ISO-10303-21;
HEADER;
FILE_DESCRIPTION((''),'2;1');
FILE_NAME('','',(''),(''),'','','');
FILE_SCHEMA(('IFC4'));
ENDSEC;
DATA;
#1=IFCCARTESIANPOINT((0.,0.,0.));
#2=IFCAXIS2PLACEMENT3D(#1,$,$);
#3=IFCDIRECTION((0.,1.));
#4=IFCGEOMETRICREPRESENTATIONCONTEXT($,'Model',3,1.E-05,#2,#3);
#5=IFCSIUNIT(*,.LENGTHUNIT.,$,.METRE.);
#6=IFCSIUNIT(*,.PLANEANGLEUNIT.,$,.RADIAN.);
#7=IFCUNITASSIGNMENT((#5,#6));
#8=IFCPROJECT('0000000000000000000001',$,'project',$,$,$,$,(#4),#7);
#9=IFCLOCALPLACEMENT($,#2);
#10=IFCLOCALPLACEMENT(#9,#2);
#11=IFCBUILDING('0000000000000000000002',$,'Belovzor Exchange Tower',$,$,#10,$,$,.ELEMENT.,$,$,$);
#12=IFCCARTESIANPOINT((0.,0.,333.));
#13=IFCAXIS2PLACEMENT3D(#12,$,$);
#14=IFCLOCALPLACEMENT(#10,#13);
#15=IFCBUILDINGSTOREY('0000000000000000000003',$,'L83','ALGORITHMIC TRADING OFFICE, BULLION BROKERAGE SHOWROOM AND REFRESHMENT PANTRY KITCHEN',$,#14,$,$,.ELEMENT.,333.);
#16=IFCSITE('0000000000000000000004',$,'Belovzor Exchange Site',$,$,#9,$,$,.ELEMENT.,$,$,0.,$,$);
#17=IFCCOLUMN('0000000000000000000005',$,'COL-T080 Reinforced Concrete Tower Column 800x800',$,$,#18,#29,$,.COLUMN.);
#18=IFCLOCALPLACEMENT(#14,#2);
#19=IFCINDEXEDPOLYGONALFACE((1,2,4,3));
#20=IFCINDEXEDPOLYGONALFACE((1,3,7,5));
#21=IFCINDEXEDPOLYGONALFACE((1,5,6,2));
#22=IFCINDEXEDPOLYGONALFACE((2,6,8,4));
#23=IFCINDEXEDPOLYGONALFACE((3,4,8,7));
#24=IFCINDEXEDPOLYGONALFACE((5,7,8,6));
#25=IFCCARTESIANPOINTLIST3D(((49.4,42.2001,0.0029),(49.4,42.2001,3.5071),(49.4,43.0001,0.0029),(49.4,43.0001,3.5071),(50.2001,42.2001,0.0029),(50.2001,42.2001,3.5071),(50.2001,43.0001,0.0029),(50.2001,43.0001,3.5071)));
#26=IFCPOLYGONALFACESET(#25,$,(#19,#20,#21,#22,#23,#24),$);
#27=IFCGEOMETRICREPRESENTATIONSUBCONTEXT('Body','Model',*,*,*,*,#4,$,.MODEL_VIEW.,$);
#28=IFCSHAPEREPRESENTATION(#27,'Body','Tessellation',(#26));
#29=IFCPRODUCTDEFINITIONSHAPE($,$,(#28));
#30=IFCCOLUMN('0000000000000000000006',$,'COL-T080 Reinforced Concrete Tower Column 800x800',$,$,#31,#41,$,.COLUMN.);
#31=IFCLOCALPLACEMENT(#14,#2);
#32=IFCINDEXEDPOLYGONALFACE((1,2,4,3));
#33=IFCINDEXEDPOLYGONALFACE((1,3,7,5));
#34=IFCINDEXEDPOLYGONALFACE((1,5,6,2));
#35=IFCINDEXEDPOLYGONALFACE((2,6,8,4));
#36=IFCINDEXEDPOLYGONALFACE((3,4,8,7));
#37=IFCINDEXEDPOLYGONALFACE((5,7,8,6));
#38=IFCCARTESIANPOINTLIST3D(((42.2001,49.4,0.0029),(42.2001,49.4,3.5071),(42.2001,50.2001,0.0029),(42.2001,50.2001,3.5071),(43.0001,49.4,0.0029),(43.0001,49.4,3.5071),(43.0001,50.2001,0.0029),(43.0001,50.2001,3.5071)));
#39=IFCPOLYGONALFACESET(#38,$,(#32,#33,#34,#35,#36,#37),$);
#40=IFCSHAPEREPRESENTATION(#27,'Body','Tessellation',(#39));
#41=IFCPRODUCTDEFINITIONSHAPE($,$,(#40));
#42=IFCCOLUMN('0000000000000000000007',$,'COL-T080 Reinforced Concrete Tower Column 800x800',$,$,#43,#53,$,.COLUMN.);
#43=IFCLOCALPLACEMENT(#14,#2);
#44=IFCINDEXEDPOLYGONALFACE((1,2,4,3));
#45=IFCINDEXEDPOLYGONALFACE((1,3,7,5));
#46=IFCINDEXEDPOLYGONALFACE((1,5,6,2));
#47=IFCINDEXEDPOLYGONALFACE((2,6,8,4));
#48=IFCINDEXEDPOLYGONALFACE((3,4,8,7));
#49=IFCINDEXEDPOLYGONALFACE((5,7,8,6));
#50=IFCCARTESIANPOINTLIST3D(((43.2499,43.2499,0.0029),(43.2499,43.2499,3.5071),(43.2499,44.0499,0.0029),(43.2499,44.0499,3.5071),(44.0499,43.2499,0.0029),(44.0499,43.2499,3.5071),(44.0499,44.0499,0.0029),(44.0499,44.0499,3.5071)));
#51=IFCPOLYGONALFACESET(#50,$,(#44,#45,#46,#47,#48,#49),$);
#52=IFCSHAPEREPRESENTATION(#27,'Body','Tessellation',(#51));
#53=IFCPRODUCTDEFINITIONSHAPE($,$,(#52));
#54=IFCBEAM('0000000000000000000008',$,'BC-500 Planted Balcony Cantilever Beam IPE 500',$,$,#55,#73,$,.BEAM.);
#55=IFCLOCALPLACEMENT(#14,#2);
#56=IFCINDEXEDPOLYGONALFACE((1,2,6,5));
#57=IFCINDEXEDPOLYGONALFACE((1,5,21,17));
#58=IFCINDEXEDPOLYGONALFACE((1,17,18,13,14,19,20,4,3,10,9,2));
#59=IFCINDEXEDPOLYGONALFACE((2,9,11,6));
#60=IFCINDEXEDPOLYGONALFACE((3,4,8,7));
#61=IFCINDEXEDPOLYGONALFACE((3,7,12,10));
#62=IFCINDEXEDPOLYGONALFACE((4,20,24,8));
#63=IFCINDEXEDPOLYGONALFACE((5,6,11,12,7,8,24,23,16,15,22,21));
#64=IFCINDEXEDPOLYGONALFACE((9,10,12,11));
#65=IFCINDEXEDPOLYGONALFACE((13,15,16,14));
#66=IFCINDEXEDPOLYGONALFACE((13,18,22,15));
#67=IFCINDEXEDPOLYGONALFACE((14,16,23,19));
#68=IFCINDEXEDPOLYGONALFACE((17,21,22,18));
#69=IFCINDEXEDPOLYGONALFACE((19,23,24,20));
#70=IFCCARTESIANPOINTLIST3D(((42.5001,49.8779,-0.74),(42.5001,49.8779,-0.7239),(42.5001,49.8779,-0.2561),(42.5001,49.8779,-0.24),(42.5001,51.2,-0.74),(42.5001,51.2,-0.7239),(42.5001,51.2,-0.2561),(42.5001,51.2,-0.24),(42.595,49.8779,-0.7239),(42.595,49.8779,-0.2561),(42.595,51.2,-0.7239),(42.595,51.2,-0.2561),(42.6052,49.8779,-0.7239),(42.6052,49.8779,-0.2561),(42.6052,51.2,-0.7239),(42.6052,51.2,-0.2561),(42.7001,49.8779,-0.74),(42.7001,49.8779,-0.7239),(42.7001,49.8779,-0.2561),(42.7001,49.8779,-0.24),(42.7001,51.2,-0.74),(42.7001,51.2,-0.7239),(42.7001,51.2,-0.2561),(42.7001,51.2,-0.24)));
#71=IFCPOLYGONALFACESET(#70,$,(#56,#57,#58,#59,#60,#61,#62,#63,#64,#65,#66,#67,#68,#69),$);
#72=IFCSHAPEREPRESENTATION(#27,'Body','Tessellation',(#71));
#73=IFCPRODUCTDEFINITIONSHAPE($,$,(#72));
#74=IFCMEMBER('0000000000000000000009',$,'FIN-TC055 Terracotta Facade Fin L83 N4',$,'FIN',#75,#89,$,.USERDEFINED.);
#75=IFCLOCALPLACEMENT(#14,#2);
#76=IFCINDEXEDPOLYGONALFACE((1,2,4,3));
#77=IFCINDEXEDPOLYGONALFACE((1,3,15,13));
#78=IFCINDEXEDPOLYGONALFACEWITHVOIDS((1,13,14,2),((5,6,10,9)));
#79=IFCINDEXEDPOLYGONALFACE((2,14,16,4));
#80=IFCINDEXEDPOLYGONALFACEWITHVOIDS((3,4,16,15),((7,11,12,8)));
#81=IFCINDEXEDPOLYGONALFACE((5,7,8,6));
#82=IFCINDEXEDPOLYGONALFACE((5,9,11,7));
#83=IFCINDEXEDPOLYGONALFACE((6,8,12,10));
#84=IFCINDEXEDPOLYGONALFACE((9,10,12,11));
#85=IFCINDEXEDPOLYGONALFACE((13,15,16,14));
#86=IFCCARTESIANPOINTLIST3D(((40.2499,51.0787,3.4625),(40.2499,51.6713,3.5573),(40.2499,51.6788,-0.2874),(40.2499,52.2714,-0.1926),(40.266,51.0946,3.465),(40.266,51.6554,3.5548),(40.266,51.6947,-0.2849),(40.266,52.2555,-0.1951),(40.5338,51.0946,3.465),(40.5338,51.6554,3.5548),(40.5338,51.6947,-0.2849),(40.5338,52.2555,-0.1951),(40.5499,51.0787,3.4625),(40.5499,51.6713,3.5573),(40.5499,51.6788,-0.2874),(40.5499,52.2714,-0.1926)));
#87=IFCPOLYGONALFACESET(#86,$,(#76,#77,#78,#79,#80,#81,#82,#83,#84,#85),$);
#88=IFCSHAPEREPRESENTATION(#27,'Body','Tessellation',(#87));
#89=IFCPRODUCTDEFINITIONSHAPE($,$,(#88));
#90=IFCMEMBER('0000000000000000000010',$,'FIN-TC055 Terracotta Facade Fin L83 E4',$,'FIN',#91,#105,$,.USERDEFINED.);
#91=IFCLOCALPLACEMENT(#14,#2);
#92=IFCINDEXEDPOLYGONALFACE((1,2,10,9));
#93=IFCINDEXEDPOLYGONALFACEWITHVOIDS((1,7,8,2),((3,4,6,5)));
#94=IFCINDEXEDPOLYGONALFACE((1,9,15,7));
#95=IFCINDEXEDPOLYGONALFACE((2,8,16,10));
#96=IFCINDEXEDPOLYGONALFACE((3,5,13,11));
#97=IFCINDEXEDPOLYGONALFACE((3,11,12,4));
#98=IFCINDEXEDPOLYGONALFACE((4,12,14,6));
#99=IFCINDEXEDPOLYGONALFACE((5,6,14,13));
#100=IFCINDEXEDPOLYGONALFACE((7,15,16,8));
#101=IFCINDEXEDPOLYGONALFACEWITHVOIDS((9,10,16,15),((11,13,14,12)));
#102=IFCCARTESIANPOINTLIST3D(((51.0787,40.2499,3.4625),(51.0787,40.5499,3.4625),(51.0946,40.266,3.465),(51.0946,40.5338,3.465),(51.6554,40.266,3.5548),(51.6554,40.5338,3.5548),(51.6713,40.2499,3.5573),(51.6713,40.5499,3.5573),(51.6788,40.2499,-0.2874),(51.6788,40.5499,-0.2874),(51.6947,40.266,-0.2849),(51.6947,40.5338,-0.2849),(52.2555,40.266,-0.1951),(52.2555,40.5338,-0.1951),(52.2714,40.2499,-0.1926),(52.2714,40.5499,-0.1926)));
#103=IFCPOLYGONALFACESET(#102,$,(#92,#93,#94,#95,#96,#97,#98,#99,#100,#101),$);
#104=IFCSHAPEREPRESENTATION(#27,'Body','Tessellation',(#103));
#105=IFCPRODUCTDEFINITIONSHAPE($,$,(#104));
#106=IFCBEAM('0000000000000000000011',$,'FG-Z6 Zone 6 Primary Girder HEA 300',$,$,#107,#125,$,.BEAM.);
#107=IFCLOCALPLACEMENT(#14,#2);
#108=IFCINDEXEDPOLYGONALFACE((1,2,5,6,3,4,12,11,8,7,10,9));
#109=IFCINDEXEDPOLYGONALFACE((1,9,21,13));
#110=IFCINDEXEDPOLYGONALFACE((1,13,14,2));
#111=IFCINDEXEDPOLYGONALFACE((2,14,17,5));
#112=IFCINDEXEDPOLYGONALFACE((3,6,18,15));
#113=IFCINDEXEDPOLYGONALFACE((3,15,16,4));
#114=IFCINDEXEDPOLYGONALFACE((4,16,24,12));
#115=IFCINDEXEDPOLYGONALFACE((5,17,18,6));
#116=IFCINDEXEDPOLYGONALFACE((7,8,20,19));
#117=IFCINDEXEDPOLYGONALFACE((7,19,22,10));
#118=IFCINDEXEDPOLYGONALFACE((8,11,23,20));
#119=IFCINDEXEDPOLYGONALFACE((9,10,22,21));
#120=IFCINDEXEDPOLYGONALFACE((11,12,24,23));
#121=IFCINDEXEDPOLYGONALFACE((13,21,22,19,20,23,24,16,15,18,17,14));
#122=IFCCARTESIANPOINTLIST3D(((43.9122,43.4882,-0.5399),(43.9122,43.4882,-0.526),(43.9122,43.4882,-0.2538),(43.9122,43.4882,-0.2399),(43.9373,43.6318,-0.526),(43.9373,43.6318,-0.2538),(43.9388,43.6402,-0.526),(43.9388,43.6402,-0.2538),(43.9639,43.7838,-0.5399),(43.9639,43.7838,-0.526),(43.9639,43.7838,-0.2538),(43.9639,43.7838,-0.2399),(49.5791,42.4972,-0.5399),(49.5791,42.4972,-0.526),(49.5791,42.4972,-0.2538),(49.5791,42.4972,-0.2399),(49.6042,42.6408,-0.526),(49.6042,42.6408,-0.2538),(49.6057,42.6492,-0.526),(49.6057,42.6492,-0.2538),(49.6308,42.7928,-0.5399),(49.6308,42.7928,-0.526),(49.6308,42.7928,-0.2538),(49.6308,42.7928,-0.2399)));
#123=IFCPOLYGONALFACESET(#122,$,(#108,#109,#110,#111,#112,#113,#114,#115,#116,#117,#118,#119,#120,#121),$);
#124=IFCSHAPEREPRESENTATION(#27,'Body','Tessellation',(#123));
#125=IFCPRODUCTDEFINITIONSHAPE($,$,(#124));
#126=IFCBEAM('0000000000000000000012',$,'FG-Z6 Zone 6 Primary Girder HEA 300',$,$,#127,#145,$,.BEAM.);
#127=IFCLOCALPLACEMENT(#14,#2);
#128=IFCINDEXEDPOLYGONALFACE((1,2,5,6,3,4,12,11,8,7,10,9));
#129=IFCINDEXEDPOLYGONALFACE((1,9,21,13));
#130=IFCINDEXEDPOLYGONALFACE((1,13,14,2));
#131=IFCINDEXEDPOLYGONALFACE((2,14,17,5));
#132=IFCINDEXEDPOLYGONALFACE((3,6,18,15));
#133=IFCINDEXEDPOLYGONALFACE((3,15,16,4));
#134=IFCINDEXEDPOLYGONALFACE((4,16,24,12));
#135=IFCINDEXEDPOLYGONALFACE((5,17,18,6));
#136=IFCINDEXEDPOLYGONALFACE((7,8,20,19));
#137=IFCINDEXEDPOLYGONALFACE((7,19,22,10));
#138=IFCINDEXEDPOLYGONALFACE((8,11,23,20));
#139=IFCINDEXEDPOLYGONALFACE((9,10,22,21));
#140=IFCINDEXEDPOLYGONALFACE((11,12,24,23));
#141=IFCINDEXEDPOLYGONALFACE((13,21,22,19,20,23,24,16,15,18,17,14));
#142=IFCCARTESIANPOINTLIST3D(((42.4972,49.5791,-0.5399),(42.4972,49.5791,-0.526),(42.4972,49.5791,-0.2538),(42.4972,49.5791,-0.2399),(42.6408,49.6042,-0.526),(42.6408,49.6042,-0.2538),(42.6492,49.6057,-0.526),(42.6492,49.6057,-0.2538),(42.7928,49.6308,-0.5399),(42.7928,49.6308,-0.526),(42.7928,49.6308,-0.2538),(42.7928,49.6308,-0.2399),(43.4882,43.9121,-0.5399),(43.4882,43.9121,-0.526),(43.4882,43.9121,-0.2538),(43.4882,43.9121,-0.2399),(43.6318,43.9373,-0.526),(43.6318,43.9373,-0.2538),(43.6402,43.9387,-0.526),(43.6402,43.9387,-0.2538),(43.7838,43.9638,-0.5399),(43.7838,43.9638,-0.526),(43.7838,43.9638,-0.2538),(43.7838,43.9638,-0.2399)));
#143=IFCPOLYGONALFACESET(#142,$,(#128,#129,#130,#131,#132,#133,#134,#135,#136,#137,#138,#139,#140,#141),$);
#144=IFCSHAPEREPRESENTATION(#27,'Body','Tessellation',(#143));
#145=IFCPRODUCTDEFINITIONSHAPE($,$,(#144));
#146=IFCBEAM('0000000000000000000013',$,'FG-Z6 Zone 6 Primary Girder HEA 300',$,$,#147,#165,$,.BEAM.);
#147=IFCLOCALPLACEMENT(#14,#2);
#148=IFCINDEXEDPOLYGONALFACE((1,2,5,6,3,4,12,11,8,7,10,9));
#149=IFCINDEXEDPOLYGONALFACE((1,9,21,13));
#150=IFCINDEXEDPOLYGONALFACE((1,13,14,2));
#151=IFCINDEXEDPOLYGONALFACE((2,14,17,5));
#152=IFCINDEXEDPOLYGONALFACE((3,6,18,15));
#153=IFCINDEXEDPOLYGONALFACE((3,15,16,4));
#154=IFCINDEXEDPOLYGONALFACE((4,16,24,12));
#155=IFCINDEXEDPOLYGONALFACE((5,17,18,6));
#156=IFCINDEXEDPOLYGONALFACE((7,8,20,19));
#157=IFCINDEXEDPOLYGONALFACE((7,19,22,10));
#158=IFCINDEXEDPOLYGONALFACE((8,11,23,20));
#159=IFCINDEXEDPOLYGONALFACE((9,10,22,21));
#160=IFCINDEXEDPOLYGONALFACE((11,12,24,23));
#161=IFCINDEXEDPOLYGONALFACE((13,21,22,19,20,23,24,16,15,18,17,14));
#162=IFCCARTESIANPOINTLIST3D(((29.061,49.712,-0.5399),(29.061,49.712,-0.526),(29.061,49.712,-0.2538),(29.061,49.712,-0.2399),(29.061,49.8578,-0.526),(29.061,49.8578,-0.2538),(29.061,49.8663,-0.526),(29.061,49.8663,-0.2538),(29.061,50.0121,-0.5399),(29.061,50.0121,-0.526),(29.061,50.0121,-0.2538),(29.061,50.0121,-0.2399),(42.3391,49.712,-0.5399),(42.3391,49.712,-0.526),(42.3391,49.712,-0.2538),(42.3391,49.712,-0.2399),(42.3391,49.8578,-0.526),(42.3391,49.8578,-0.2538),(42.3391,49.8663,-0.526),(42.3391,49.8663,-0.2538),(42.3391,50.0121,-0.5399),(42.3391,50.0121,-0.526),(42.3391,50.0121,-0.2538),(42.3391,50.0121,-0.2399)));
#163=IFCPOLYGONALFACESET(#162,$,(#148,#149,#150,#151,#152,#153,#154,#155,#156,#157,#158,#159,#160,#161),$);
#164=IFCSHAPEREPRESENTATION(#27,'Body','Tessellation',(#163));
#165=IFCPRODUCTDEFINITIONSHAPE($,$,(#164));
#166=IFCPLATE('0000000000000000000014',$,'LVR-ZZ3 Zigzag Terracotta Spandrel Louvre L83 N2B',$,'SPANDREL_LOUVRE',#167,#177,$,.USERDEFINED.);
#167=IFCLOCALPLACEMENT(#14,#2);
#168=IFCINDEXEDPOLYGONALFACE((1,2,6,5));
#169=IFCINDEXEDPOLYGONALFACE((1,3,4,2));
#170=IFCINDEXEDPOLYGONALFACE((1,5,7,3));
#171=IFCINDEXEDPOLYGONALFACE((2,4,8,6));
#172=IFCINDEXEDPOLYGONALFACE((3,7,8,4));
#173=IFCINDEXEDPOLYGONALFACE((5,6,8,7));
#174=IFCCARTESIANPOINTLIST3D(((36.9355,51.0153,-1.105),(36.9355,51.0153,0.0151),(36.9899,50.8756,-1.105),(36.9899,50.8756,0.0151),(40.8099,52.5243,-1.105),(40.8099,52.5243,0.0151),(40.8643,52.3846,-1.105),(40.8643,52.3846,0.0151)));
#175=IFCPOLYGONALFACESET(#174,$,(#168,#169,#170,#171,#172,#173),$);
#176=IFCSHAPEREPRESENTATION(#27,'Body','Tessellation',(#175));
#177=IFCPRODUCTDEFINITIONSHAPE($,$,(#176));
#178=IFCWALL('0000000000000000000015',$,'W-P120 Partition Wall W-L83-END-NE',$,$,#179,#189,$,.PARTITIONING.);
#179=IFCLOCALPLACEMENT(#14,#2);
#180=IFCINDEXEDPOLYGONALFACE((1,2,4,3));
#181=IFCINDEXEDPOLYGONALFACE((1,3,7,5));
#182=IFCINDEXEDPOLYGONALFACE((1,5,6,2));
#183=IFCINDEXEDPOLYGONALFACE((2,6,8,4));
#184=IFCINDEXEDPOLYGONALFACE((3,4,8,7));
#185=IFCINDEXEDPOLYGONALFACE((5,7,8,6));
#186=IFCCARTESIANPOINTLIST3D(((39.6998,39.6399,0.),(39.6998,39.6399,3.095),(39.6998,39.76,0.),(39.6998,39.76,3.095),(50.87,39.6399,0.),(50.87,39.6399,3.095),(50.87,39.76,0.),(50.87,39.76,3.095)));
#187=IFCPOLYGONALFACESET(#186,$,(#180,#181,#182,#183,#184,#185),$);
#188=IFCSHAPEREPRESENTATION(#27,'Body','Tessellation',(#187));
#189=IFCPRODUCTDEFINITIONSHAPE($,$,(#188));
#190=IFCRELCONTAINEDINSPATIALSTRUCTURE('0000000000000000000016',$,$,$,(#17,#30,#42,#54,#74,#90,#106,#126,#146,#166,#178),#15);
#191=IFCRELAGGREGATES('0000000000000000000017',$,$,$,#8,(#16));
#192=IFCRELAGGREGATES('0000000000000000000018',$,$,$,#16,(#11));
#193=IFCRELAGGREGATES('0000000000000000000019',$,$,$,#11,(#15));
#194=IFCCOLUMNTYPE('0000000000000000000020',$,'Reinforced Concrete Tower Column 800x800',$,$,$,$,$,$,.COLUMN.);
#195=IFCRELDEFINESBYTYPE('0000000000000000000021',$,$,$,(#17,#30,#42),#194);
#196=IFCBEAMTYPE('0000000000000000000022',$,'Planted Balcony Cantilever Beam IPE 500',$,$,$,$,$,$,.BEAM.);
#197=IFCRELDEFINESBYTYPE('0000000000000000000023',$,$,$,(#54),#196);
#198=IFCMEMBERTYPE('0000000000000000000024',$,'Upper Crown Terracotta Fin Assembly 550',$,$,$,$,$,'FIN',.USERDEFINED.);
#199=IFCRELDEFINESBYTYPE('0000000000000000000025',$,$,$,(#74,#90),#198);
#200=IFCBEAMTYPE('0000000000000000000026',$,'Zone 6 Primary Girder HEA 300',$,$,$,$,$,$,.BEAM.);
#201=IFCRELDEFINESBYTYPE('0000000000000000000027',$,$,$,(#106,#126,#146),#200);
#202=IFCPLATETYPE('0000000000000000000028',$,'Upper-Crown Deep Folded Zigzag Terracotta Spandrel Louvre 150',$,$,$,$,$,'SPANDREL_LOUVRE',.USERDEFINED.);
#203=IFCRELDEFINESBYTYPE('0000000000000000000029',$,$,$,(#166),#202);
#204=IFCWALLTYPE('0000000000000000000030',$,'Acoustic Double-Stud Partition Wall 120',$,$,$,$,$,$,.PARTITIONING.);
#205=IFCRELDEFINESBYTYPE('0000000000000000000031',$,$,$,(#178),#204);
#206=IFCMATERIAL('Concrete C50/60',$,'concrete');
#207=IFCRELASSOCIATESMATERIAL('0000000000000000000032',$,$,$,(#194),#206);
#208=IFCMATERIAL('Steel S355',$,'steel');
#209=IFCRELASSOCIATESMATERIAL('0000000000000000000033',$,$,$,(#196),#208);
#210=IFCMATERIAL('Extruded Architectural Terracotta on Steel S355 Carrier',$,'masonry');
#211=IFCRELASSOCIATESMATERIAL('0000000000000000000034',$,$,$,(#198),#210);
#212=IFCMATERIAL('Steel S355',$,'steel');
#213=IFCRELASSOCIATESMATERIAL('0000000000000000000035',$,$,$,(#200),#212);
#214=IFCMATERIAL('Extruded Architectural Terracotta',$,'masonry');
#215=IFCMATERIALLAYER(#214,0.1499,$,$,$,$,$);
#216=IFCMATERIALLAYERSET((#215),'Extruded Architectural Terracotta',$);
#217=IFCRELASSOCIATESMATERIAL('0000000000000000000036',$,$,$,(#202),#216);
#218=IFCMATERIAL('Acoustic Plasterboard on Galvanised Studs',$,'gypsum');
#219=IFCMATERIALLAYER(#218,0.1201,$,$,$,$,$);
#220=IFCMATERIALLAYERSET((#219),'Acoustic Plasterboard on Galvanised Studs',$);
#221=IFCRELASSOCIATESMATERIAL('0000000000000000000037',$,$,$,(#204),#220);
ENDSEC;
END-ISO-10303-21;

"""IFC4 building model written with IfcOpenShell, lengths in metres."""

from ifc_helpers import new_model, si_unit, direction, frame, frame_2d, origin, origin_2d, place, context, subcontext, project, spatial, rectangle, hollow_rectangle, i_section, extrude, material, layer, layer_set, material_profile, profile_set, type_object, element, save


model = new_model("IFC4")

# Units and contexts
model_context = context("Model", 3, precision=1e-05, world=origin(), true_north=direction((0.0, 1.0)))
body_context = subcontext(model_context, "Body", "Model", "MODEL_VIEW")
ifc_project = project(units=[si_unit("LENGTHUNIT", "METRE"), si_unit("PLANEANGLEUNIT", "RADIAN")], contexts=[model_context])

# Site, building, storey
site_placement = place(None, origin())
site = spatial("IfcSite", under=ifc_project, at=site_placement, Name="Belovzor Exchange Site", CompositionType="ELEMENT", RefElevation=0.0)
building_placement = place(site_placement, origin())
building = spatial("IfcBuilding", under=site, at=building_placement, Name="Belovzor Exchange Tower", CompositionType="ELEMENT")
storey_placement = place(building_placement, frame((0.0, 0.0, 333.0)))
storey = spatial("IfcBuildingStorey", under=building, at=storey_placement, Name="L83", Description="ALGORITHMIC TRADING OFFICE, BULLION BROKERAGE SHOWROOM AND REFRESHMENT PANTRY KITCHEN", CompositionType="ELEMENT", Elevation=333.0)

# Columns
ifc_material_1 = material(Name="Concrete C50/60", Category="concrete")
ifc_material_profile_1 = material_profile(ifc_material_1, rectangle(XDim=0.8, YDim=0.8, at=origin_2d()))
ifc_profile_set_1 = profile_set([ifc_material_profile_1], Name="Concrete C50/60")
column_type = type_object("IfcColumnType", Name="Reinforced Concrete Tower Column 800x800", PredefinedType="COLUMN", material=ifc_profile_set_1)
for number, where, z_axis, x_axis, name in (
    (1, (49.8, 42.6001, 0.0029), (0.0, 0.0, 1.0), (1.0, 0.0, 0.0), "COL-T080 Reinforced Concrete Tower Column 800x800"),
    (2, (42.6001, 49.8, 0.0029), (0.0, 0.0, 1.0), (1.0, 0.0, 0.0), "COL-T080 Reinforced Concrete Tower Column 800x800"),
    (3, (43.6499, 43.6499, 0.0029), (0.0, 0.0, 1.0), (1.0, 0.0, 0.0), "COL-T080 Reinforced Concrete Tower Column 800x800"),
):
    element("IfcColumn", number, at=place(storey_placement, frame(where, z_axis=z_axis, x_axis=x_axis)), inside=storey, type_object=column_type, Name=name, PredefinedType="COLUMN", context=body_context, shape_type="SweptSolid", body=[
        extrude(rectangle(XDim=0.8, YDim=0.8, at=origin_2d()), origin(), (0.0, 0.0, 1.0), 3.5042),
    ])

# Beam
ifc_material_2 = material(Name="Steel S355", Category="steel")
ifc_material_profile_2 = material_profile(ifc_material_2, i_section(OverallWidth=0.2, OverallDepth=0.5, WebThickness=0.0103, FlangeThickness=0.0161, at=origin_2d()))
ifc_profile_set_2 = profile_set([ifc_material_profile_2], Name="Steel S355")
beam_type_1 = type_object("IfcBeamType", Name="Planted Balcony Cantilever Beam IPE 500", PredefinedType="BEAM", material=ifc_profile_set_2)
beam_1_placement = place(storey_placement, frame((42.6001, 49.8779, -0.49), z_axis=(0.0, 1.0, 0.0), x_axis=(-1.0, 0.0, 0.0)))
element("IfcBeam", 4, at=beam_1_placement, inside=storey, type_object=beam_type_1, Name="BC-500 Planted Balcony Cantilever Beam IPE 500", PredefinedType="BEAM", context=body_context, shape_type="SweptSolid", body=[
    extrude(i_section(OverallWidth=0.2, OverallDepth=0.5, WebThickness=0.0103, FlangeThickness=0.0161, at=origin_2d()), origin(), (0.0, 0.0, 1.0), 1.322),
])

# Members
ifc_material_3 = material(Name="Extruded Architectural Terracotta on Steel S355 Carrier", Category="masonry")
ifc_material_profile_3 = material_profile(ifc_material_3, hollow_rectangle(XDim=0.3, YDim=0.6001, WallThickness=0.0161, at=origin_2d()))
ifc_profile_set_3 = profile_set([ifc_material_profile_3], Name="Extruded Architectural Terracotta on Steel S355 Carrier")
member_type = type_object("IfcMemberType", Name="Upper Crown Terracotta Fin Assembly 550", ElementType="FIN", PredefinedType="USERDEFINED", material=ifc_profile_set_3)
for number, where, z_axis, x_axis, name in (
    (5, (40.3999, 51.9751, -0.24), (0.0, -0.158016, 0.987437), (1.0, 0.0, 0.0), "FIN-TC055 Terracotta Facade Fin L83 N4"),
    (6, (51.9751, 40.3999, -0.24), (-0.158016, 0.0, 0.987437), (0.0, -1.0, 0.0), "FIN-TC055 Terracotta Facade Fin L83 E4"),
):
    element("IfcMember", number, at=place(storey_placement, frame(where, z_axis=z_axis, x_axis=x_axis)), inside=storey, type_object=member_type, Name=name, ObjectType="FIN", PredefinedType="USERDEFINED", context=body_context, shape_type="SweptSolid", body=[
        extrude(hollow_rectangle(XDim=0.3, YDim=0.6001, WallThickness=0.0161, at=origin_2d()), origin(), (0.0, 0.0, 1.0), 3.7976),
    ])

# Beams
ifc_material_4 = material(Name="Steel S355", Category="steel")
ifc_material_profile_4 = material_profile(ifc_material_4, i_section(OverallWidth=0.3, OverallDepth=0.3, WebThickness=0.0085, FlangeThickness=0.0139, at=origin_2d()))
ifc_profile_set_4 = profile_set([ifc_material_profile_4], Name="Steel S355")
beam_type_2 = type_object("IfcBeamType", Name="Zone 6 Primary Girder HEA 300", PredefinedType="BEAM", material=ifc_profile_set_4)
for number, where, z_axis, x_axis, name in (
    (7, (49.605, 42.645, -0.3899), (-0.985053, 0.172253, 0.0), (-0.172253, -0.985053, 0.0), "FG-Z6 Zone 6 Primary Girder HEA 300"),
    (8, (43.636, 43.938, -0.3899), (-0.172253, 0.985053, 0.0), (-0.985053, -0.172253, 0.0), "FG-Z6 Zone 6 Primary Girder HEA 300"),
):
    element("IfcBeam", number, at=place(storey_placement, frame(where, z_axis=z_axis, x_axis=x_axis)), inside=storey, type_object=beam_type_2, Name=name, PredefinedType="BEAM", context=body_context, shape_type="SweptSolid", body=[
        extrude(i_section(OverallWidth=0.3, OverallDepth=0.3, WebThickness=0.0085, FlangeThickness=0.0139, at=origin_2d()), origin(), (0.0, 0.0, 1.0), 5.7529),
    ])
beam_2_placement = place(storey_placement, frame((42.3391, 49.8621, -0.3899), z_axis=(-1.0, 0.0, 0.0), x_axis=(0.0, -1.0, 0.0)))
element("IfcBeam", 9, at=beam_2_placement, inside=storey, type_object=beam_type_2, Name="FG-Z6 Zone 6 Primary Girder HEA 300", PredefinedType="BEAM", context=body_context, shape_type="SweptSolid", body=[
    extrude(i_section(OverallWidth=0.3, OverallDepth=0.3, WebThickness=0.0085, FlangeThickness=0.0139, at=origin_2d()), origin(), (0.0, 0.0, 1.0), 13.2781),
])

# Plate
ifc_material_5 = material(Name="Extruded Architectural Terracotta", Category="masonry")
ifc_layer_1 = layer(ifc_material_5, 0.1499)
ifc_layer_set_1 = layer_set([ifc_layer_1], Name="Extruded Architectural Terracotta")
plate_type = type_object("IfcPlateType", Name="Upper-Crown Deep Folded Zigzag Terracotta Spandrel Louvre 150", ElementType="SPANDREL_LOUVRE", PredefinedType="USERDEFINED", material=ifc_layer_set_1)
plate_placement = place(storey_placement, frame((38.8999, 51.7, -1.105), z_axis=(0.0, 0.0, 1.0), x_axis=(0.931818, 0.362926, 0.0)))
element("IfcPlate", 10, at=plate_placement, inside=storey, type_object=plate_type, Name="LVR-ZZ3 Zigzag Terracotta Spandrel Louvre L83 N2B", ObjectType="SPANDREL_LOUVRE", PredefinedType="USERDEFINED", context=body_context, shape_type="SweptSolid", body=[
    extrude(rectangle(XDim=4.158, YDim=0.1499, at=origin_2d()), origin(), (0.0, 0.0, 1.0), 1.1201),
])

# Wall
ifc_material_6 = material(Name="Acoustic Plasterboard on Galvanised Studs", Category="gypsum")
ifc_layer_2 = layer(ifc_material_6, 0.1201)
ifc_layer_set_2 = layer_set([ifc_layer_2], Name="Acoustic Plasterboard on Galvanised Studs")
wall_type_1 = type_object("IfcWallType", Name="Acoustic Double-Stud Partition Wall 120", PredefinedType="PARTITIONING", material=ifc_layer_set_2)
wall_1_placement = place(storey_placement, frame((39.7, 39.7, 0.0), z_axis=(0.0, 0.0, 1.0), x_axis=(1.0, 0.0, 0.0)))
element("IfcWall", 11, at=wall_1_placement, inside=storey, type_object=wall_type_1, Name="W-P120 Partition Wall W-L83-END-NE", PredefinedType="PARTITIONING", context=body_context, shape_type="SweptSolid", body=[
    extrude(rectangle(XDim=11.1702, YDim=0.1201, at=frame_2d((5.585, 0.0))), origin(), (0.0, 0.0, 1.0), 3.095),
])

save(model, "model.ifc")
